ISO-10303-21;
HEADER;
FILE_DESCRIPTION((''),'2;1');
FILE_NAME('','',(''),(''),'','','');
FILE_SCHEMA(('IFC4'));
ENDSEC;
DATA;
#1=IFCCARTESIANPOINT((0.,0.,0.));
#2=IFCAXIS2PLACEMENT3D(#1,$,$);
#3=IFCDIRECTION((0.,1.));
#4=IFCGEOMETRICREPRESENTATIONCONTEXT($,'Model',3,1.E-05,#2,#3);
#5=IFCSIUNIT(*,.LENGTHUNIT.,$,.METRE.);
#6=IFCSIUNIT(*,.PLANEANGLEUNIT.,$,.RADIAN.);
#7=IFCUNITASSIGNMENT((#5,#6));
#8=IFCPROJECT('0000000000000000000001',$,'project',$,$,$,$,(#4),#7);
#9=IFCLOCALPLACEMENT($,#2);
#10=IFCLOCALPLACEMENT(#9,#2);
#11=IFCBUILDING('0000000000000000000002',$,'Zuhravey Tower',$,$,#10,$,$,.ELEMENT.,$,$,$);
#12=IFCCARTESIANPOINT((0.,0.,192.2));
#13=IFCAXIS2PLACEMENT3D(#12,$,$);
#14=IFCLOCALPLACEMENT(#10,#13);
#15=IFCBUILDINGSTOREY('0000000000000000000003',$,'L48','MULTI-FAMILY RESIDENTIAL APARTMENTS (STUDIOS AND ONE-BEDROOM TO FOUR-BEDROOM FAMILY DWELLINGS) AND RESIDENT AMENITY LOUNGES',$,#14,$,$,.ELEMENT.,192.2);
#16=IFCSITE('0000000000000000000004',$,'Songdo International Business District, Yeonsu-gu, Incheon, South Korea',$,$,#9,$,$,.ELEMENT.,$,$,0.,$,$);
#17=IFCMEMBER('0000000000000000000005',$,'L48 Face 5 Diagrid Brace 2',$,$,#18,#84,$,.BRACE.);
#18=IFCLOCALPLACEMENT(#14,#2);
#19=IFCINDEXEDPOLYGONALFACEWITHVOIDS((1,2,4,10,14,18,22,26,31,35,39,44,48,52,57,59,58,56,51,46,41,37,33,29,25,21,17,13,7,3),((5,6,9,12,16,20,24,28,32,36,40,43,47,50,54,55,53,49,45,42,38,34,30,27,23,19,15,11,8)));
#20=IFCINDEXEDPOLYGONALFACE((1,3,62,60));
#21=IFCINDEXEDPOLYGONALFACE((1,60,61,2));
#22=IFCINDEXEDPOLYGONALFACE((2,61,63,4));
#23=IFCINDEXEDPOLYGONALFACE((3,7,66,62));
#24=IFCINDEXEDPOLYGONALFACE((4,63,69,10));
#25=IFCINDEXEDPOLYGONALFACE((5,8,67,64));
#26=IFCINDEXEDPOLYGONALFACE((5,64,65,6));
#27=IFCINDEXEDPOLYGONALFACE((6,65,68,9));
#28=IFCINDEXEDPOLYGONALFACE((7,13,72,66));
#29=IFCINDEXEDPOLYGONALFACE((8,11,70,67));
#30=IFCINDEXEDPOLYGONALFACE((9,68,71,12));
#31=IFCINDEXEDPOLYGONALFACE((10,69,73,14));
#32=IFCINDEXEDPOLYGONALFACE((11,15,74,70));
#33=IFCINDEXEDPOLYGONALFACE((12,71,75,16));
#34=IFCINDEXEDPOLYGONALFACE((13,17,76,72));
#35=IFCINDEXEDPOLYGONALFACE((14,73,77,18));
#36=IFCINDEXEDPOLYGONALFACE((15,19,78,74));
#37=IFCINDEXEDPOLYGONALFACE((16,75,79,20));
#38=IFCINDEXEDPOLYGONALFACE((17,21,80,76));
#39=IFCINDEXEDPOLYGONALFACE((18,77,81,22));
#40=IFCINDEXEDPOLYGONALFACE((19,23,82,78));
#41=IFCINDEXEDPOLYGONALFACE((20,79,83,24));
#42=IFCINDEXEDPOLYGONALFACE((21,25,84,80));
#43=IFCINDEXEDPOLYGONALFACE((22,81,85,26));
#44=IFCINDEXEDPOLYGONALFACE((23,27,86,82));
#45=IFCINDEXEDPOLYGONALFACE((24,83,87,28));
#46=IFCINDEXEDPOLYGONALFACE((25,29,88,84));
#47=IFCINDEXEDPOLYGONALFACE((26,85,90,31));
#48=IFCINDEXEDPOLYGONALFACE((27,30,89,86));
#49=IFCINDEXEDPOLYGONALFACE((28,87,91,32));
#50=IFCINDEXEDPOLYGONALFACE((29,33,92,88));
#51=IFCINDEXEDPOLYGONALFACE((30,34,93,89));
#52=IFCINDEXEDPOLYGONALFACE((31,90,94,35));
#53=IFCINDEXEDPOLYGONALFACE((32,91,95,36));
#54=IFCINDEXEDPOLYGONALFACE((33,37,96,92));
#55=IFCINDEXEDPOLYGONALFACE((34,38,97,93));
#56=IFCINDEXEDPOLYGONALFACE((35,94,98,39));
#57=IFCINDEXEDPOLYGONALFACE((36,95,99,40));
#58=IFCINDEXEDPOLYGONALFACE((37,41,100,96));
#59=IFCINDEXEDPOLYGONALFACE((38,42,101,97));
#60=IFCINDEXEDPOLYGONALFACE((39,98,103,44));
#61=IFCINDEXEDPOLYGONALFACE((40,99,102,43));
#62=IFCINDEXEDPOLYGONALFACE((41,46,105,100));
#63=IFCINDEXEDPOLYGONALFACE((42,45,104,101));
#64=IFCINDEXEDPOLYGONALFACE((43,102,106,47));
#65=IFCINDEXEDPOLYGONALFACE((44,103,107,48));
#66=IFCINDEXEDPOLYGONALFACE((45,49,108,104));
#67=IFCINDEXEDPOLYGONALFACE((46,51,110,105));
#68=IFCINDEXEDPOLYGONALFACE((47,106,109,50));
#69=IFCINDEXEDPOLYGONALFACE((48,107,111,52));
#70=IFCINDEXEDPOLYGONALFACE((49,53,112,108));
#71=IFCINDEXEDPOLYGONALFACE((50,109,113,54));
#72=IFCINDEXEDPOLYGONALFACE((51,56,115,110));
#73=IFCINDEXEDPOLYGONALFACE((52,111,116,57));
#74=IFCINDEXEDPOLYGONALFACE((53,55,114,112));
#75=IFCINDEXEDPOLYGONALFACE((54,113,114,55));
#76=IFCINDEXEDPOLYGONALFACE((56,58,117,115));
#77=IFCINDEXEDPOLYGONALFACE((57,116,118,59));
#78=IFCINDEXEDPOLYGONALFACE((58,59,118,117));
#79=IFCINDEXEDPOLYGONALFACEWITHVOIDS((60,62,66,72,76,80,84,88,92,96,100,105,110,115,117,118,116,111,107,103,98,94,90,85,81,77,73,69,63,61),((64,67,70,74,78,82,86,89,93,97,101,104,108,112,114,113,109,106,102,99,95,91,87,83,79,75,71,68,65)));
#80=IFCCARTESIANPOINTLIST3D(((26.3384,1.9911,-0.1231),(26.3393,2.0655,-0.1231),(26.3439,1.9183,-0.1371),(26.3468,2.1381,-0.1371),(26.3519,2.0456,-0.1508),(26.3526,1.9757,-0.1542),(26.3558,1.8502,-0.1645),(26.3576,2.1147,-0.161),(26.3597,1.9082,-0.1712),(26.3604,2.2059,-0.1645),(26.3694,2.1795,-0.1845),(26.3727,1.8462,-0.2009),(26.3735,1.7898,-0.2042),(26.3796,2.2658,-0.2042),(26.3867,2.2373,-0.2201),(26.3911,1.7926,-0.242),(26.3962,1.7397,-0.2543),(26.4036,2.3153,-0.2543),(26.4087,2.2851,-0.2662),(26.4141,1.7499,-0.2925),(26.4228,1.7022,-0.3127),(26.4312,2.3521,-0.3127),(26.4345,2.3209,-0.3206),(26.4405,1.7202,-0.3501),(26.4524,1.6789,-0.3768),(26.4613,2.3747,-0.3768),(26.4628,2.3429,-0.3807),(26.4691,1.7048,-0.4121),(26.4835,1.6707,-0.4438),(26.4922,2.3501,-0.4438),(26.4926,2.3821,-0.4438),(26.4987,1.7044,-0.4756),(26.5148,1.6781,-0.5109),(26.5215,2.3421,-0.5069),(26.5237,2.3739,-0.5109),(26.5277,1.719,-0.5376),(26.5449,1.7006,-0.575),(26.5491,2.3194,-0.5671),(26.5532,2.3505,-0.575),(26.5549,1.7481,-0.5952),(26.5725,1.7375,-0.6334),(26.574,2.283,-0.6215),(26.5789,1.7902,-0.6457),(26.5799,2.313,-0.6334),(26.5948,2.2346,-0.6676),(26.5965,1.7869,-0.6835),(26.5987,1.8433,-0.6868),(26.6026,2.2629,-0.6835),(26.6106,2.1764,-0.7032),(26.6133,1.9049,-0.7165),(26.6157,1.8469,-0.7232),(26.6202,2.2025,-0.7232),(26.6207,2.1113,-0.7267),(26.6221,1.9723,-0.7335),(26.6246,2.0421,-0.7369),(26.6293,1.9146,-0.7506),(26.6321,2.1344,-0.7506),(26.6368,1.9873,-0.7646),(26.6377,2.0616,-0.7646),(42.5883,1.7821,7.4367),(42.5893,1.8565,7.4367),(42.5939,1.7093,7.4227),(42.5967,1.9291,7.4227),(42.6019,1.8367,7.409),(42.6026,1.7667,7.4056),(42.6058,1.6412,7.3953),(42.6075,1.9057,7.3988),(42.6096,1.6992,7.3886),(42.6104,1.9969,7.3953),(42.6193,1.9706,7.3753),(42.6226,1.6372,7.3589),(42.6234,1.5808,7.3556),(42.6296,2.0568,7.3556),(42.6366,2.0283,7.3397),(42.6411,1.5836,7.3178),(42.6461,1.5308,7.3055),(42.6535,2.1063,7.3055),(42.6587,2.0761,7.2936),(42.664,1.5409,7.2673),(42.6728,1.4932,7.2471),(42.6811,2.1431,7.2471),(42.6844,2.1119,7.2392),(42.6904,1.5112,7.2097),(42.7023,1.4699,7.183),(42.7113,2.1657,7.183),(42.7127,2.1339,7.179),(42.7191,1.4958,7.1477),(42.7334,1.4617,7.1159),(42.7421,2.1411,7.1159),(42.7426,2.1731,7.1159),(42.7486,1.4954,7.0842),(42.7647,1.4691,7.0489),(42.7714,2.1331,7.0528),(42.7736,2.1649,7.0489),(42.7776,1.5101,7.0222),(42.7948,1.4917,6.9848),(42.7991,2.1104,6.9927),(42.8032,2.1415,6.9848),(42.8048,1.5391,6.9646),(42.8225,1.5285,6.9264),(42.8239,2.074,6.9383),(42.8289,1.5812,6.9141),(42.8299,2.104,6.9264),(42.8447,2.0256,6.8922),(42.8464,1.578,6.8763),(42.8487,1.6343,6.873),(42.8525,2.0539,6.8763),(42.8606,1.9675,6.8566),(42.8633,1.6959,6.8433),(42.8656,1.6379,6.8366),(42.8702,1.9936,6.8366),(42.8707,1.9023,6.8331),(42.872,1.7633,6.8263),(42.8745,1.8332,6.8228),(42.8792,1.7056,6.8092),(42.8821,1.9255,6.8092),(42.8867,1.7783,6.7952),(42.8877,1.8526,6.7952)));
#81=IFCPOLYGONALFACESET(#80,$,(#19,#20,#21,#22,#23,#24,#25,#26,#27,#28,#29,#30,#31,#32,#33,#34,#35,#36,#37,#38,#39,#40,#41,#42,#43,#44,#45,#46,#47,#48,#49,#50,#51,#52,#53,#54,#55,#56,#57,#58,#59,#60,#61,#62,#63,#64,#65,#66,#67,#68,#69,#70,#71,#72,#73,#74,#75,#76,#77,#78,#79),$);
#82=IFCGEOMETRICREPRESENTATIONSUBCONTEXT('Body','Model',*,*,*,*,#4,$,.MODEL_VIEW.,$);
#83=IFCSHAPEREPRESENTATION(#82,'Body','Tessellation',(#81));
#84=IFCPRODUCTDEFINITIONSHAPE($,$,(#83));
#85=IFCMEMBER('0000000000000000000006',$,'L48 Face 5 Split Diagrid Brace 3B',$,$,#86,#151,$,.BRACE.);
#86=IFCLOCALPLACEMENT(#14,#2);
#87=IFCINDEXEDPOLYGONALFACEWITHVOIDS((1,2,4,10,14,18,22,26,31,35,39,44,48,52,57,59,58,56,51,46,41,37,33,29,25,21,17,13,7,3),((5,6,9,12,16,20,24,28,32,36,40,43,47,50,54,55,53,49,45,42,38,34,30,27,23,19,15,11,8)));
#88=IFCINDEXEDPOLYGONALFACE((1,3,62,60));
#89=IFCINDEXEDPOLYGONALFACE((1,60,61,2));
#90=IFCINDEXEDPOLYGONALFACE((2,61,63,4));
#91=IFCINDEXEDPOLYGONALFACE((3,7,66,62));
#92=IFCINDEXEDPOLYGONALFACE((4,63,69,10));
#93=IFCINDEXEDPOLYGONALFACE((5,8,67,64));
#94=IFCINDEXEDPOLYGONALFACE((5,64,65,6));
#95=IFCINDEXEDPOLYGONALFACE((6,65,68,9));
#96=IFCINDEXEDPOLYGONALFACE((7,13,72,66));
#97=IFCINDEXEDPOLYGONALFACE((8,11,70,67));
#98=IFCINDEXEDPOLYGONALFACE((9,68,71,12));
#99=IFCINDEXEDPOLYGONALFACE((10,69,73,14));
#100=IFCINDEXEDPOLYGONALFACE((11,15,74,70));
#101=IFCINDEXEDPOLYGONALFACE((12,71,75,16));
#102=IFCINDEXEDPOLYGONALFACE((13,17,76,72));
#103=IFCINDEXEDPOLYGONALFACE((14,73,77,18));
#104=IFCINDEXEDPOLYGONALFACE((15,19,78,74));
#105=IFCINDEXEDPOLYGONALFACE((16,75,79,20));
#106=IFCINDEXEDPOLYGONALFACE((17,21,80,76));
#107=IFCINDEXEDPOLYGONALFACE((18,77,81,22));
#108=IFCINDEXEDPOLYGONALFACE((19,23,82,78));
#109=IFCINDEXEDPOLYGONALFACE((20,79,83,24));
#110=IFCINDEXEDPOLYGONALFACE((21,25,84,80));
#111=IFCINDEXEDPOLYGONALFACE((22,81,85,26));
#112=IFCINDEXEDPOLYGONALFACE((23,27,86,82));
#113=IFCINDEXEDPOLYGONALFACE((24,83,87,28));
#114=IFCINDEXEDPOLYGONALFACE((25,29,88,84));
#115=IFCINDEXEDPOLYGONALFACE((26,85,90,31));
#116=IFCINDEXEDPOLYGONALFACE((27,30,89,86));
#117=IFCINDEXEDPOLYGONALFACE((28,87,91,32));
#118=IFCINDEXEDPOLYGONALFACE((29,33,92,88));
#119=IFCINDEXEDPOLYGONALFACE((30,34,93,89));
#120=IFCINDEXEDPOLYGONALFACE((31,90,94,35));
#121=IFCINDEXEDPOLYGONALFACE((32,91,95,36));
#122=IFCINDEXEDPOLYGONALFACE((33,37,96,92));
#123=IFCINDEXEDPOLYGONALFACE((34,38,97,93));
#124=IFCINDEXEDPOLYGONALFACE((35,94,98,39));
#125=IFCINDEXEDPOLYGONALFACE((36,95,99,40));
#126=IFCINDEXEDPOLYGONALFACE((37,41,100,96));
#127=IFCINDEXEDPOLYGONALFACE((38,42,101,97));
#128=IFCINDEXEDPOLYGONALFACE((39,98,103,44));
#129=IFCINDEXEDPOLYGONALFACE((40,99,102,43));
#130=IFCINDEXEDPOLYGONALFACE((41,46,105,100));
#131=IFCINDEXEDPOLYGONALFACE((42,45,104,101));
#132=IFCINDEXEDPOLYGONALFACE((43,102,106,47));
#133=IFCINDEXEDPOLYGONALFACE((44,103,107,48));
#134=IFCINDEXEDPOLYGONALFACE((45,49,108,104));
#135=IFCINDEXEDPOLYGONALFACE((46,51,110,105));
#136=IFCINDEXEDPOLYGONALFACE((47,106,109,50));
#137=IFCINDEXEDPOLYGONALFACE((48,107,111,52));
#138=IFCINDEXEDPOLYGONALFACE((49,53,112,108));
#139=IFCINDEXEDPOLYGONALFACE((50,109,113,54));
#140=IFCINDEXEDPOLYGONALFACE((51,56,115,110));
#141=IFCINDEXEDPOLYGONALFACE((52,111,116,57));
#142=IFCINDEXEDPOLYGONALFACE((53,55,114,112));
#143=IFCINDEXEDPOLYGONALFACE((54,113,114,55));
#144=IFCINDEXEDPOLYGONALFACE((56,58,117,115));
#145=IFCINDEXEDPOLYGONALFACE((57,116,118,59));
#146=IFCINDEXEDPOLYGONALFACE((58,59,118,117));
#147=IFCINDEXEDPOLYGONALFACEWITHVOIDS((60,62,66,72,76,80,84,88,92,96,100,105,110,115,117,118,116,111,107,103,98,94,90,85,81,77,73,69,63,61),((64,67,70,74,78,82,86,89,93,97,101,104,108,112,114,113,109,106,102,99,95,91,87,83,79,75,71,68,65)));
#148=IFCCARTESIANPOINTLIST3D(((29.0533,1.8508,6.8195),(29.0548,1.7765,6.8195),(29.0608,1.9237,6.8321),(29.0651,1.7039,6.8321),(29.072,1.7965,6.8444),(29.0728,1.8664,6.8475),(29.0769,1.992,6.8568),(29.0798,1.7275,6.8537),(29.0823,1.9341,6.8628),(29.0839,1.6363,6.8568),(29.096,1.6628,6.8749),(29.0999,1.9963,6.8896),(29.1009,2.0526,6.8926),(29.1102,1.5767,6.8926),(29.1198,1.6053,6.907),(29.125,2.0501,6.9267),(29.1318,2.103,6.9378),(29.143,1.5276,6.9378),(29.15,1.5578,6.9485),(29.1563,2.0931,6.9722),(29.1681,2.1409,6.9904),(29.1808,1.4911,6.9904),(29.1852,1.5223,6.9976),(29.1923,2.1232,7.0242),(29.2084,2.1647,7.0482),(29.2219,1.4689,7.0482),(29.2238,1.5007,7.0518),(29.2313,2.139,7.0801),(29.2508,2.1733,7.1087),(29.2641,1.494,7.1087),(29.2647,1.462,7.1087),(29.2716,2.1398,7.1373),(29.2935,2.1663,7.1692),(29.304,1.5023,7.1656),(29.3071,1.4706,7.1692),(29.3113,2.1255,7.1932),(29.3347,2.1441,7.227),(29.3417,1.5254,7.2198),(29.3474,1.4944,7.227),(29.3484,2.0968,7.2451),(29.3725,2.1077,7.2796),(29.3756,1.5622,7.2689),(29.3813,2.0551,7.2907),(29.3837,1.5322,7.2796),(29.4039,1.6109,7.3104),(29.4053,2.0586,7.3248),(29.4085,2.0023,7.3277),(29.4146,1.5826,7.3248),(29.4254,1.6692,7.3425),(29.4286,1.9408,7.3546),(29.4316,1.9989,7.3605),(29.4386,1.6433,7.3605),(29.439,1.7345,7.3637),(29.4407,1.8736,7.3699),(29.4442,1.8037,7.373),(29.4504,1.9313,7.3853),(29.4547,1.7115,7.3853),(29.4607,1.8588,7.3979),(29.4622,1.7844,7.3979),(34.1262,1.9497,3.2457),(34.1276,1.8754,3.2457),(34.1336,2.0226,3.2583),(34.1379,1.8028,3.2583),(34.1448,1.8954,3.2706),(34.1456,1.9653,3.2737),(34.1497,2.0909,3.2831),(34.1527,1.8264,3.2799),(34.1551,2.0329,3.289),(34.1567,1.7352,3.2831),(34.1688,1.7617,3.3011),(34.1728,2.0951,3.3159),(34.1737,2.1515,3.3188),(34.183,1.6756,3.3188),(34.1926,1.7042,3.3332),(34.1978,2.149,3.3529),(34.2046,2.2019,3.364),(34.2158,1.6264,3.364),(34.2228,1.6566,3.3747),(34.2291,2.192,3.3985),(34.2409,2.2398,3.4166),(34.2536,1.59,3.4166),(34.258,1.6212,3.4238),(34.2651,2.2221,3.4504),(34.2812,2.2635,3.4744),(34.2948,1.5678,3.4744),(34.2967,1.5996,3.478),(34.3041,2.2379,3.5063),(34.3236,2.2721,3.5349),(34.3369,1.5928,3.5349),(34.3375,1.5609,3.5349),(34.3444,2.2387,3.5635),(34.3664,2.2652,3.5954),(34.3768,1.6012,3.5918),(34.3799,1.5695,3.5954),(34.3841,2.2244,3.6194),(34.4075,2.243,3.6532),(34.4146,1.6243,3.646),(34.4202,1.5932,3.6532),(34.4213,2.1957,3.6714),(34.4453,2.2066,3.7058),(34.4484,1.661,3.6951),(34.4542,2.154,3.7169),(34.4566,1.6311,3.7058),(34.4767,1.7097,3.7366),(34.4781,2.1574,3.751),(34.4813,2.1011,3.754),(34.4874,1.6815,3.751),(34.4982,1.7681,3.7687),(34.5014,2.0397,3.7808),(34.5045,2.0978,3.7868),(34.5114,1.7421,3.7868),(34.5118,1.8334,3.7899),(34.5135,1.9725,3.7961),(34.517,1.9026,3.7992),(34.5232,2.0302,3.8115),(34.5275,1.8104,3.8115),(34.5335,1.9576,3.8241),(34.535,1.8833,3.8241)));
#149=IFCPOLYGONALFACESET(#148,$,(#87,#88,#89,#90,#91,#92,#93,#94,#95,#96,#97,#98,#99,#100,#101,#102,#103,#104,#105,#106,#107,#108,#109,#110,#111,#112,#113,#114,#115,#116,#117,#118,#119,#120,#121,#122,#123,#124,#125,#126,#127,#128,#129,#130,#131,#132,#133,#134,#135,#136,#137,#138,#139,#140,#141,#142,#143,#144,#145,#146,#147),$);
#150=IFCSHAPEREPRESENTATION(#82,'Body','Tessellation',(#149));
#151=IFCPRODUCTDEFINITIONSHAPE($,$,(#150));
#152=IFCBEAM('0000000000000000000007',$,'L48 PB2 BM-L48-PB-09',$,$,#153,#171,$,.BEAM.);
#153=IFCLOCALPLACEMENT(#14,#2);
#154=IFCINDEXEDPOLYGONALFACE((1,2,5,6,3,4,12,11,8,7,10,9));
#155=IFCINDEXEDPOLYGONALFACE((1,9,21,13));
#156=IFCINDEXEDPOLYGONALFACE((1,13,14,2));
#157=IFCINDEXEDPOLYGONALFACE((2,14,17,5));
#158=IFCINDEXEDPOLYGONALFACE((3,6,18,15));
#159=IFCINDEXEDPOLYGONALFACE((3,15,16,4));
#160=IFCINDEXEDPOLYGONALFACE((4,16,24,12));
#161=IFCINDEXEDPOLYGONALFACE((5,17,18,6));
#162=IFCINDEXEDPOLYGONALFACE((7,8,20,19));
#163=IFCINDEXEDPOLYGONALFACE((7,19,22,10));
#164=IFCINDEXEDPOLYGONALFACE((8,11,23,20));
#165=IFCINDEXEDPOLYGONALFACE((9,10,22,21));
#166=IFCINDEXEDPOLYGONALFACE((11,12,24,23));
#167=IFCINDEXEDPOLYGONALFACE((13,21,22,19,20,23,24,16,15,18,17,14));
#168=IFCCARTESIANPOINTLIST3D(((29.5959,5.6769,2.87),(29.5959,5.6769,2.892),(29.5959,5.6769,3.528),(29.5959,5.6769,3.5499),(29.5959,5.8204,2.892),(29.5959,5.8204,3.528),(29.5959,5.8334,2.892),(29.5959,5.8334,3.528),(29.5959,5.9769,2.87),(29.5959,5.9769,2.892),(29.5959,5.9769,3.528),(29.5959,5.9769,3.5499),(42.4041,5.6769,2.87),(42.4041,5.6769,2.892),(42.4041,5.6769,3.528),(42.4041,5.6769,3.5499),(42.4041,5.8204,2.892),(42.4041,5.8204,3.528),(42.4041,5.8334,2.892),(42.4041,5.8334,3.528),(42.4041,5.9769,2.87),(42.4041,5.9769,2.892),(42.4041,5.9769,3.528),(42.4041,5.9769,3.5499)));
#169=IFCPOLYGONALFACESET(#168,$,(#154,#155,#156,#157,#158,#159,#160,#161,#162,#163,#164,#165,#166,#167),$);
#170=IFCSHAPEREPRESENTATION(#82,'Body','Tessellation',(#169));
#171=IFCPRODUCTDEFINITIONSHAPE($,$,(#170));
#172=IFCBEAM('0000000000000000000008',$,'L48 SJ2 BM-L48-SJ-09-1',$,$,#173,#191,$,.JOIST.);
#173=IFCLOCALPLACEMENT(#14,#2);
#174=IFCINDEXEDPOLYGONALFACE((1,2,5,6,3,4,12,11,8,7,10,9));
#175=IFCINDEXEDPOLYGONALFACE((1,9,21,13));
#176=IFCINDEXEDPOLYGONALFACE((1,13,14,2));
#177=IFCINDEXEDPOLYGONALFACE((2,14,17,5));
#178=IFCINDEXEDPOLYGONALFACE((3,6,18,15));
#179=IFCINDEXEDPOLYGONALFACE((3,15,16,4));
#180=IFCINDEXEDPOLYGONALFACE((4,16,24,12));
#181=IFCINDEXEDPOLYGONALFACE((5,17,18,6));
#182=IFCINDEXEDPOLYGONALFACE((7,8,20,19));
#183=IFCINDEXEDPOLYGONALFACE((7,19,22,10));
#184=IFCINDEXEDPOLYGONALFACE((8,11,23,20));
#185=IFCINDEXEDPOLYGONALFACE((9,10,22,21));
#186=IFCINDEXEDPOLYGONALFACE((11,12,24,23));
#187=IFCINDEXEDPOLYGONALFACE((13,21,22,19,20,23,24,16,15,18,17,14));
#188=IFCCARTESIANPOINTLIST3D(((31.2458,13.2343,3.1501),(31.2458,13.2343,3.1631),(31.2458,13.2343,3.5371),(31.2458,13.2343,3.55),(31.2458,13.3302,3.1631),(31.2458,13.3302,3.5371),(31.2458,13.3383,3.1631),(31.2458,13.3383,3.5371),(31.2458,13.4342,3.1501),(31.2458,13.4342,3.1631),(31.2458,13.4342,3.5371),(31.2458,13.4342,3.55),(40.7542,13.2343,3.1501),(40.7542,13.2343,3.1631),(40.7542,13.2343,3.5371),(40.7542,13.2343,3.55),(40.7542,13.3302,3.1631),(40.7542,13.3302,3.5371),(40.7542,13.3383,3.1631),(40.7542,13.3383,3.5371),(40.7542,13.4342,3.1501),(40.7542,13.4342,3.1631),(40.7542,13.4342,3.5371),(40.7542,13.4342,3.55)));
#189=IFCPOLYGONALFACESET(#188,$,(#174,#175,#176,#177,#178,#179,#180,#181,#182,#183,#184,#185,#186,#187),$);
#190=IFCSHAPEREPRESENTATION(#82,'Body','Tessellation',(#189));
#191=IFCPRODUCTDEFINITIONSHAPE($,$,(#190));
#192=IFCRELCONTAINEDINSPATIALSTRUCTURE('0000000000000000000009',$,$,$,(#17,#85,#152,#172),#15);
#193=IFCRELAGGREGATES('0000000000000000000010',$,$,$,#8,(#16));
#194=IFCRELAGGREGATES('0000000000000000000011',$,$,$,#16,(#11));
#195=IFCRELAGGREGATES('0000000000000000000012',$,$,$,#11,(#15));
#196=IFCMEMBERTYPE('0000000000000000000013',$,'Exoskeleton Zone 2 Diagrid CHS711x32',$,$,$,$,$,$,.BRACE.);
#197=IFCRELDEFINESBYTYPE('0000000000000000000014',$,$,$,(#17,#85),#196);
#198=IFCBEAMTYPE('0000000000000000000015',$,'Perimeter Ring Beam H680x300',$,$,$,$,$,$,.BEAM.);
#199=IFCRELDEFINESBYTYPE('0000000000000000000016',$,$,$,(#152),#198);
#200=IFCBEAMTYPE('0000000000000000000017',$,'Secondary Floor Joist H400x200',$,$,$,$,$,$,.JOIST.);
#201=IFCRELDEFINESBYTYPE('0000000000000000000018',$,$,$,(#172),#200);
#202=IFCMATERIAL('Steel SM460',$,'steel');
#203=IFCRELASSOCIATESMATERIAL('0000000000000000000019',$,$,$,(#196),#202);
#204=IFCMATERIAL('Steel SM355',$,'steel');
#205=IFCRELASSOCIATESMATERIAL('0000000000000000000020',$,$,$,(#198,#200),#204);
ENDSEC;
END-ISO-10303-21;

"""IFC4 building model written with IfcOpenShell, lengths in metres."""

from ifc_helpers import new_model, si_unit, direction, frame, origin, origin_2d, place, context, subcontext, project, spatial, hollow_circle, i_section, extrude, material, material_profile, profile_set, type_object, element, save


model = new_model("IFC4")

# Units and contexts
model_context = context("Model", 3, precision=1e-05, world=origin(), true_north=direction((0.0, 1.0)))
body_context = subcontext(model_context, "Body", "Model", "MODEL_VIEW")
ifc_project = project(units=[si_unit("LENGTHUNIT", "METRE"), si_unit("PLANEANGLEUNIT", "RADIAN")], contexts=[model_context])

# Site, building, storey
site_placement = place(None, origin())
site = spatial("IfcSite", under=ifc_project, at=site_placement, Name="Songdo International Business District, Yeonsu-gu, Incheon, South Korea", CompositionType="ELEMENT", RefElevation=0.0)
building_placement = place(site_placement, origin())
building = spatial("IfcBuilding", under=site, at=building_placement, Name="Zuhravey Tower", CompositionType="ELEMENT")
storey_placement = place(building_placement, frame((0.0, 0.0, 192.2)))
storey = spatial("IfcBuildingStorey", under=building, at=storey_placement, Name="L48", Description="MULTI-FAMILY RESIDENTIAL APARTMENTS (STUDIOS AND ONE-BEDROOM TO FOUR-BEDROOM FAMILY DWELLINGS) AND RESIDENT AMENITY LOUNGES", CompositionType="ELEMENT", Elevation=192.2)

# Members
ifc_material_1 = material(Name="Steel SM355", Category="steel")
ifc_material_2 = material(Name="Steel SM460", Category="steel")
ifc_material_profile_1 = material_profile(ifc_material_2, hollow_circle(Radius=0.3557, WallThickness=0.032, at=origin_2d()), Name="CHS-711.2x32")
ifc_profile_set_1 = profile_set([ifc_material_profile_1], Name="Steel SM460")
member_type_1 = type_object("IfcMemberType", Name="Exoskeleton Zone 2 Diagrid CHS711x32", PredefinedType="BRACE", material=ifc_profile_set_1)
member_1_placement = place(storey_placement, frame((26.488, 2.0264, -0.4438), z_axis=(0.906624, -0.01166, 0.421779), x_axis=(0.01286, 0.999917, 0.0)))
element("IfcMember", 1, at=member_1_placement, inside=storey, type_object=member_type_1, Name="L48 Face 5 Diagrid Brace 2", PredefinedType="BRACE", context=body_context, shape_type="SweptSolid", body=[
    extrude(hollow_circle(Radius=0.3557, WallThickness=0.032, at=origin_2d()), origin(), (0.0, 0.0, 1.0), 17.9236),
])
member_2_placement = place(storey_placement, frame((34.3306, 1.9165, 3.5349), z_axis=(-0.817398, -0.015933, 0.575853), x_axis=(0.019488, -0.99981, 0.0)))
element("IfcMember", 2, at=member_2_placement, inside=storey, type_object=member_type_1, Name="L48 Face 5 Split Diagrid Brace 3B", PredefinedType="BRACE", context=body_context, shape_type="SweptSolid", body=[
    extrude(hollow_circle(Radius=0.3557, WallThickness=0.032, at=origin_2d()), origin(), (0.0, 0.0, 1.0), 6.2061),
])

# Beams
ifc_material_profile_2 = material_profile(ifc_material_1, i_section(OverallWidth=0.3, OverallDepth=0.6799, WebThickness=0.0129, FlangeThickness=0.022, at=origin_2d()), Name="H-680x300x13x22")
ifc_profile_set_2 = profile_set([ifc_material_profile_2], Name="Steel SM355")
beam_type_1 = type_object("IfcBeamType", Name="Perimeter Ring Beam H680x300", PredefinedType="BEAM", material=ifc_profile_set_2)
beam_1_placement = place(storey_placement, frame((29.5959, 5.8269, 3.21), z_axis=(1.0, 0.0, 0.0), x_axis=(0.0, 1.0, 0.0)))
element("IfcBeam", 3, at=beam_1_placement, inside=storey, type_object=beam_type_1, Name="L48 PB2 BM-L48-PB-09", PredefinedType="BEAM", context=body_context, shape_type="SweptSolid", body=[
    extrude(i_section(OverallWidth=0.3, OverallDepth=0.6799, WebThickness=0.0129, FlangeThickness=0.022, at=origin_2d()), origin(), (0.0, 0.0, 1.0), 12.8081),
])
ifc_material_profile_3 = material_profile(ifc_material_1, i_section(OverallWidth=0.2, OverallDepth=0.3999, WebThickness=0.0081, FlangeThickness=0.0129, at=origin_2d()), Name="H-400x200x8x13")
ifc_profile_set_3 = profile_set([ifc_material_profile_3], Name="Steel SM355")
beam_type_2 = type_object("IfcBeamType", Name="Secondary Floor Joist H400x200", PredefinedType="JOIST", material=ifc_profile_set_3)
beam_2_placement = place(storey_placement, frame((31.2458, 13.3342, 3.3501), z_axis=(1.0, 0.0, 0.0), x_axis=(0.0, 1.0, 0.0)))
element("IfcBeam", 4, at=beam_2_placement, inside=storey, type_object=beam_type_2, Name="L48 SJ2 BM-L48-SJ-09-1", PredefinedType="JOIST", context=body_context, shape_type="SweptSolid", body=[
    extrude(i_section(OverallWidth=0.2, OverallDepth=0.3999, WebThickness=0.0081, FlangeThickness=0.0129, at=origin_2d()), origin(), (0.0, 0.0, 1.0), 9.5083),
])

save(model, "model.ifc")
